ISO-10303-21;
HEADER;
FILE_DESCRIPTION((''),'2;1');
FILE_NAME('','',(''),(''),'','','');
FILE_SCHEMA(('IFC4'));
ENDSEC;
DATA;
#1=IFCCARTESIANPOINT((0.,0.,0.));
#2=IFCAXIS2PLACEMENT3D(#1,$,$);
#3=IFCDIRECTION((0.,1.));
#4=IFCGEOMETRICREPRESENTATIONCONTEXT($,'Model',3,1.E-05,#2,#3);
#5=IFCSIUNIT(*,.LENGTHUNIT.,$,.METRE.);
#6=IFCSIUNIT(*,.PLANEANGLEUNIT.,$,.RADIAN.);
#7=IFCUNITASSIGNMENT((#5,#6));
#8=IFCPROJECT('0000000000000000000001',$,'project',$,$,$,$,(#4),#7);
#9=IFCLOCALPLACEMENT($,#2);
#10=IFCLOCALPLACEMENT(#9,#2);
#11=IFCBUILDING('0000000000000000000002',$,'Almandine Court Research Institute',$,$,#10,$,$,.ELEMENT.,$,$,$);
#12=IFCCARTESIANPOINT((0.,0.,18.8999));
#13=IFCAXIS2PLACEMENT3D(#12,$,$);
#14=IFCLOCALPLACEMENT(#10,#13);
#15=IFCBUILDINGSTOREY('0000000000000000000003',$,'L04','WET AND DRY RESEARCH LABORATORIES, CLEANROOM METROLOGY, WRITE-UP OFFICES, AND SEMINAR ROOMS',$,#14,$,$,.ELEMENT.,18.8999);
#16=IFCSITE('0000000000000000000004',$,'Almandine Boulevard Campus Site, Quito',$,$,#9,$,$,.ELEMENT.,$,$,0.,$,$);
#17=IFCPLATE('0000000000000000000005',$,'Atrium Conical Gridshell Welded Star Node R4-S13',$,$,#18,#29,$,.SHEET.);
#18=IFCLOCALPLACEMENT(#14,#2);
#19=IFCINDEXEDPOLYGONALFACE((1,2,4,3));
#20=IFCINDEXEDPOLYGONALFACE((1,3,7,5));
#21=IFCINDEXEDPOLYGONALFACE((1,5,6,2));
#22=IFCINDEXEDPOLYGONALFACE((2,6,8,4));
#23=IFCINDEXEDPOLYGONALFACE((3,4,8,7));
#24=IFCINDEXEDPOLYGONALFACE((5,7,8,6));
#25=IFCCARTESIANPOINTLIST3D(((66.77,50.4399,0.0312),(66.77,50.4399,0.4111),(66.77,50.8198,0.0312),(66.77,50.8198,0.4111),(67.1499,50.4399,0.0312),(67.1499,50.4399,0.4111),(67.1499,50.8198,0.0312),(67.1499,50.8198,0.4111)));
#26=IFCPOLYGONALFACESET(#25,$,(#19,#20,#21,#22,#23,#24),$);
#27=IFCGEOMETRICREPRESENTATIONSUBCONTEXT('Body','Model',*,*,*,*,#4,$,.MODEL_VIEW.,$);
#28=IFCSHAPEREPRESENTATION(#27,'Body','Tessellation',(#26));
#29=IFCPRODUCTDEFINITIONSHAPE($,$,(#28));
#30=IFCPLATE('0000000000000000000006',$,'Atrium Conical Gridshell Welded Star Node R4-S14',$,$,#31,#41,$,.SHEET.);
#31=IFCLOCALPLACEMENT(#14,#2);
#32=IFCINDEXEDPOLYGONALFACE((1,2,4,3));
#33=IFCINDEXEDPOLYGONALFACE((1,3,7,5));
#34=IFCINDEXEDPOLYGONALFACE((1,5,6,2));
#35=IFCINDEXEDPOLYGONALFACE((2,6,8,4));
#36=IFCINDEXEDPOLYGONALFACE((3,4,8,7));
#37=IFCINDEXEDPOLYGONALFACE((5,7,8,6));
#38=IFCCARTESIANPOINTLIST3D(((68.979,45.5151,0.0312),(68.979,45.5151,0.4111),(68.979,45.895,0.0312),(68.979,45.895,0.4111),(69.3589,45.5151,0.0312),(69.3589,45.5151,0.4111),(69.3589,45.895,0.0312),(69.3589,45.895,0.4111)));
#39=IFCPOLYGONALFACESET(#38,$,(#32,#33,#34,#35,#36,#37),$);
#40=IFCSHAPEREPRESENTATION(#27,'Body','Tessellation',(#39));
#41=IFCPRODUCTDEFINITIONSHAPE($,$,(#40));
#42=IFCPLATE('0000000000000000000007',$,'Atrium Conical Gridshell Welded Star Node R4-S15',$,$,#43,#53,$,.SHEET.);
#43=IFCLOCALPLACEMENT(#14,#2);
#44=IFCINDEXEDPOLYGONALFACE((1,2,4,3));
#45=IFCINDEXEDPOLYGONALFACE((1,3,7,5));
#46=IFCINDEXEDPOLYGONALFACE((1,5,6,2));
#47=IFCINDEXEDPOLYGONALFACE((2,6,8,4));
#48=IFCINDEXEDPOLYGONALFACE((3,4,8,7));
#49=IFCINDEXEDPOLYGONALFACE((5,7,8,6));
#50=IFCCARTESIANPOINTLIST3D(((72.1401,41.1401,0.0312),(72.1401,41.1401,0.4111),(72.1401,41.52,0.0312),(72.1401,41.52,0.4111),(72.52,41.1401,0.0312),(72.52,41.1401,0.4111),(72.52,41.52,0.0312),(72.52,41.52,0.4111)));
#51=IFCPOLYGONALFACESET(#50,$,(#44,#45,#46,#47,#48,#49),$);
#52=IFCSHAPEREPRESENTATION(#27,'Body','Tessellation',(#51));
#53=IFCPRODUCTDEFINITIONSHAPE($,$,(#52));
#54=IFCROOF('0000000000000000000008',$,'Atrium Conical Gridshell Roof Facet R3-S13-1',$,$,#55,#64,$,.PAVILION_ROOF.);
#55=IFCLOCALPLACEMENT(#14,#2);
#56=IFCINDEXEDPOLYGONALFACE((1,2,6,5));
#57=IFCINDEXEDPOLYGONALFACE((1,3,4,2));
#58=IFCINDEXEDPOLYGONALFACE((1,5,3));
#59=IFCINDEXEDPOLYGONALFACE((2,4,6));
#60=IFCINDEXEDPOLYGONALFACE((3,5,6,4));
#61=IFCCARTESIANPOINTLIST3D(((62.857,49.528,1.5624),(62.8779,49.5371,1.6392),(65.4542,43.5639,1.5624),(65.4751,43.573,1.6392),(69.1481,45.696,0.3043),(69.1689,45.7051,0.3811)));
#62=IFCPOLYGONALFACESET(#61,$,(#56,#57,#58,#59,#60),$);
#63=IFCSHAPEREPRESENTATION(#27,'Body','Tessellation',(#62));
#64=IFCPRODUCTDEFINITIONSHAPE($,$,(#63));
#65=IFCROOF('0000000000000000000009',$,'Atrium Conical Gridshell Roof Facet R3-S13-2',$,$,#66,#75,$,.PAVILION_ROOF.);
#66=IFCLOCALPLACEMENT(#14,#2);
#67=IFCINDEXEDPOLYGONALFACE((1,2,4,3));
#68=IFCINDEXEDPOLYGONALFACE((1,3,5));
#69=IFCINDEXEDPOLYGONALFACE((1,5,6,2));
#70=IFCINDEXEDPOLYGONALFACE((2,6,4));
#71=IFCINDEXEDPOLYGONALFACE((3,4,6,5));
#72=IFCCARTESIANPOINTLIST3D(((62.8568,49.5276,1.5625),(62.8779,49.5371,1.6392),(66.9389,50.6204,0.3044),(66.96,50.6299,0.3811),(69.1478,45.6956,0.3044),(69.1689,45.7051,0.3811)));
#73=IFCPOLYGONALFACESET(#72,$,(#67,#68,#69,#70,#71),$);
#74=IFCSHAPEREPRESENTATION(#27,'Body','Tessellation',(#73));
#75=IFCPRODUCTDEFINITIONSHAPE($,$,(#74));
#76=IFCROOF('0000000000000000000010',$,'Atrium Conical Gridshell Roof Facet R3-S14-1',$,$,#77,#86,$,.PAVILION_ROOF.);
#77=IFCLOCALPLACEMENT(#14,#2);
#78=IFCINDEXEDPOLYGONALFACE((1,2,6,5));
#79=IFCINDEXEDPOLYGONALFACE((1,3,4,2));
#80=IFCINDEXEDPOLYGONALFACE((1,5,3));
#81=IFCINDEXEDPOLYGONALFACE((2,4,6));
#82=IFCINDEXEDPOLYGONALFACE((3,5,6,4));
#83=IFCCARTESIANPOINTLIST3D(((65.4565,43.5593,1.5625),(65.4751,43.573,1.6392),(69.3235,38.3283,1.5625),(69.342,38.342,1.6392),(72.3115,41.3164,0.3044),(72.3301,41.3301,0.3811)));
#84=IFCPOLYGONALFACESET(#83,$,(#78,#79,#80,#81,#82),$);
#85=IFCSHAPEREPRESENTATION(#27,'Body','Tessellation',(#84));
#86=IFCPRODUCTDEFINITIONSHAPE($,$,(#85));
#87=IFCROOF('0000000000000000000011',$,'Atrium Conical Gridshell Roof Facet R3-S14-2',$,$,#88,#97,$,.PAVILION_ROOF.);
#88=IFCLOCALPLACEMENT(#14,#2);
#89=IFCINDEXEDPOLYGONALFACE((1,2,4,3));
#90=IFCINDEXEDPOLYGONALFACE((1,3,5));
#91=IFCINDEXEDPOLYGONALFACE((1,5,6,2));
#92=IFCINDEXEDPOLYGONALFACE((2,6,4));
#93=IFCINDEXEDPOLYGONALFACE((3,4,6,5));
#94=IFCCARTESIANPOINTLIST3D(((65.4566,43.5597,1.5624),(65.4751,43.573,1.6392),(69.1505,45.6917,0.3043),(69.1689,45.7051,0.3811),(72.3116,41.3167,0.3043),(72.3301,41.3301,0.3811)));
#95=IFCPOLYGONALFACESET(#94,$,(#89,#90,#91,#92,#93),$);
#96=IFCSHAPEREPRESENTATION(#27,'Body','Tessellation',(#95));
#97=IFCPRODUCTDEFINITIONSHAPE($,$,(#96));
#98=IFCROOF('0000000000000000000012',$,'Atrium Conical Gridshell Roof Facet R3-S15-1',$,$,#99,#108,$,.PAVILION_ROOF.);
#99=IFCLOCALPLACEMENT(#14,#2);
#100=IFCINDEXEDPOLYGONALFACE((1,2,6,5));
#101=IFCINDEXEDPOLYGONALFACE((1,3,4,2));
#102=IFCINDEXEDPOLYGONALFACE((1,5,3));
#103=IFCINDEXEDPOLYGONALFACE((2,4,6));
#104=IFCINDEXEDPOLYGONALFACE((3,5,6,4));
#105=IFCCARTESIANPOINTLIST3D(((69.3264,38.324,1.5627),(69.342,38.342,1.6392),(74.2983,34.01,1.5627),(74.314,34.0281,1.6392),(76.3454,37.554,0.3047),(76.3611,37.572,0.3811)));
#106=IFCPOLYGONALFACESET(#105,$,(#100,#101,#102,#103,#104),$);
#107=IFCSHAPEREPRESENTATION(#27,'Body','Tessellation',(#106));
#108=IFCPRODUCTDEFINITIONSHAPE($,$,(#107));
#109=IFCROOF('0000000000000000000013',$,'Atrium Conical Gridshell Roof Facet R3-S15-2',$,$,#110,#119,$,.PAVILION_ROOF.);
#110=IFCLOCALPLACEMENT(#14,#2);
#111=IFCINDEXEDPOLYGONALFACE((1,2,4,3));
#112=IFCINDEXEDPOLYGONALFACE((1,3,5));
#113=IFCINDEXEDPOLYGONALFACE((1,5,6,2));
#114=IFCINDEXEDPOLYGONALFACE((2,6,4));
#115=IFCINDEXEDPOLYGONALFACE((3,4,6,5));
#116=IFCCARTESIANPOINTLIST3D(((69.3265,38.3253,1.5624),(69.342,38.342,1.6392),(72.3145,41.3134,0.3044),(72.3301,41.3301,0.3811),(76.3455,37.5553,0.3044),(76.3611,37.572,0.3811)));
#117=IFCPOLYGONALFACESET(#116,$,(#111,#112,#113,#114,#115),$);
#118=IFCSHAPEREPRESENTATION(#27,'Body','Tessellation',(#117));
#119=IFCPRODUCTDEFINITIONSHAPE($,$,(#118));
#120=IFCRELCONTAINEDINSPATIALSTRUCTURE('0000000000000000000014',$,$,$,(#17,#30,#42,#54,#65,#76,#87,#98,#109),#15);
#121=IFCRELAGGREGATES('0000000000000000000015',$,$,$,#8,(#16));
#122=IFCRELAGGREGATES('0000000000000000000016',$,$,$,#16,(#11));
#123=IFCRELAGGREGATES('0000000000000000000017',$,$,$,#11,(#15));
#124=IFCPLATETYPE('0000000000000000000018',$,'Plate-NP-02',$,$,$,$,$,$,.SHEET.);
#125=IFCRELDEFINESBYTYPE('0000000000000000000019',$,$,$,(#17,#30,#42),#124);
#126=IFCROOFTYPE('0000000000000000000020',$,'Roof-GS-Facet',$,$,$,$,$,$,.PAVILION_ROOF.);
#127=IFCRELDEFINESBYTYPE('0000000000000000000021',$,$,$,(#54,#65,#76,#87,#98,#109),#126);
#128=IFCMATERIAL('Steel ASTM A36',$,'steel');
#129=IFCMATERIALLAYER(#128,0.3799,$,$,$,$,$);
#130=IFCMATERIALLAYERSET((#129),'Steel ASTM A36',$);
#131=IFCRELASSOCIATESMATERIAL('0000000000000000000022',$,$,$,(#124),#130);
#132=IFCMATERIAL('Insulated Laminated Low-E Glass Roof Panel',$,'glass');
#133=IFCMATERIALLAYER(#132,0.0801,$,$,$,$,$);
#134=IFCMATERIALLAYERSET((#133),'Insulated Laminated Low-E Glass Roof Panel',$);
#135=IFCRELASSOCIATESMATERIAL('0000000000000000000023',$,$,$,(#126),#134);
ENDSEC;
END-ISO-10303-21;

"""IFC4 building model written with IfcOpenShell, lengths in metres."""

from ifc_helpers import new_model, si_unit, direction, frame, origin, origin_2d, place, context, subcontext, project, spatial, polyline, rectangle, outline, extrude, material, layer, layer_set, type_object, element, save


model = new_model("IFC4")

# Units and contexts
model_context = context("Model", 3, precision=1e-05, world=origin(), true_north=direction((0.0, 1.0)))
body_context = subcontext(model_context, "Body", "Model", "MODEL_VIEW")
ifc_project = project(units=[si_unit("LENGTHUNIT", "METRE"), si_unit("PLANEANGLEUNIT", "RADIAN")], contexts=[model_context])

# Site, building, storey
site_placement = place(None, origin())
site = spatial("IfcSite", under=ifc_project, at=site_placement, Name="Almandine Boulevard Campus Site, Quito", CompositionType="ELEMENT", RefElevation=0.0)
building_placement = place(site_placement, origin())
building = spatial("IfcBuilding", under=site, at=building_placement, Name="Almandine Court Research Institute", CompositionType="ELEMENT")
storey_placement = place(building_placement, frame((0.0, 0.0, 18.8999)))
storey = spatial("IfcBuildingStorey", under=building, at=storey_placement, Name="L04", Description="WET AND DRY RESEARCH LABORATORIES, CLEANROOM METROLOGY, WRITE-UP OFFICES, AND SEMINAR ROOMS", CompositionType="ELEMENT", Elevation=18.8999)

# Plates
ifc_material_1 = material(Name="Steel ASTM A36", Category="steel")
ifc_layer_1 = layer(ifc_material_1, 0.3799)
ifc_layer_set_1 = layer_set([ifc_layer_1], Name="Steel ASTM A36")
plate_type_1 = type_object("IfcPlateType", Name="Plate-NP-02", PredefinedType="SHEET", material=ifc_layer_set_1)
for number, where, z_axis, x_axis, name in (
    (1, (66.96, 50.6299, 0.0312), (0.0, 0.0, 1.0), (1.0, 0.0, 0.0), "Atrium Conical Gridshell Welded Star Node R4-S13"),
    (2, (69.1689, 45.7051, 0.0312), (0.0, 0.0, 1.0), (1.0, 0.0, 0.0), "Atrium Conical Gridshell Welded Star Node R4-S14"),
    (3, (72.3301, 41.3301, 0.0312), (0.0, 0.0, 1.0), (1.0, 0.0, 0.0), "Atrium Conical Gridshell Welded Star Node R4-S15"),
):
    element("IfcPlate", number, at=place(storey_placement, frame(where, z_axis=z_axis, x_axis=x_axis)), inside=storey, type_object=plate_type_1, Name=name, PredefinedType="SHEET", context=body_context, shape_type="SweptSolid", body=[
        extrude(rectangle(XDim=0.3799, YDim=0.3799, at=origin_2d()), origin(), (0.0, 0.0, 1.0), 0.3799),
    ])

# Roofs
ifc_material_2 = material(Name="Insulated Laminated Low-E Glass Roof Panel", Category="glass")
ifc_layer_2 = layer(ifc_material_2, 0.0801)
ifc_layer_set_2 = layer_set([ifc_layer_2], Name="Insulated Laminated Low-E Glass Roof Panel")
roof_type = type_object("IfcRoofType", Name="Roof-GS-Facet", PredefinedType="PAVILION_ROOF", material=ifc_layer_set_2)
roof_1_placement = place(storey_placement, frame((62.8779, 49.5371, 1.6392), z_axis=(0.260917, 0.113621, 0.958651), x_axis=(0.399253, -0.916841, 0.0)))
element("IfcRoof", 4, at=roof_1_placement, inside=storey, type_object=roof_type, Name="Atrium Conical Gridshell Roof Facet R3-S13-1", PredefinedType="PAVILION_ROOF", context=body_context, shape_type="SweptSolid", body=[
    extrude(outline(polyline([(0.0, 0.0), (6.5051, 0.0), (6.0251, 4.4207), (0.0, 0.0)])), origin(), (0.0, 0.0, -1.0), 0.0801),
])
roof_2_placement = place(storey_placement, frame((62.8779, 49.5371, 1.6392), z_axis=(0.263436, 0.118162, 0.957413), x_axis=(0.841845, -0.512791, -0.168349)))
element("IfcRoof", 5, at=roof_2_placement, inside=storey, type_object=roof_type, Name="Atrium Conical Gridshell Roof Facet R3-S13-2", PredefinedType="PAVILION_ROOF", context=body_context, shape_type="SweptSolid", body=[
    extrude(outline(polyline([(0.0, 0.0), (7.4729, 0.0), (3.0879, 3.1472), (0.0, 0.0)])), origin(), (0.0, 0.0, -1.0), 0.0801),
])
roof_3_placement = place(storey_placement, frame((65.4751, 43.573, 1.6392), z_axis=(0.231802, 0.171357, 0.957551), x_axis=(0.594449, -0.804133, 0.0)))
element("IfcRoof", 6, at=roof_3_placement, inside=storey, type_object=roof_type, Name="Atrium Conical Gridshell Roof Facet R3-S14-1", PredefinedType="PAVILION_ROOF", context=body_context, shape_type="SweptSolid", body=[
    extrude(outline(polyline([(0.0, 0.0), (6.5051, 0.0), (5.8785, 4.3643), (0.0, 0.0)])), origin(), (0.0, 0.0, -1.0), 0.0801),
])
roof_4_placement = place(storey_placement, frame((65.4751, 43.573, 1.6392), z_axis=(0.230429, 0.166495, 0.95874), x_axis=(0.936283, -0.306348, -0.171831)))
element("IfcRoof", 7, at=roof_4_placement, inside=storey, type_object=roof_type, Name="Atrium Conical Gridshell Roof Facet R3-S14-2", PredefinedType="PAVILION_ROOF", context=body_context, shape_type="SweptSolid", body=[
    extrude(outline(polyline([(0.0, 0.0), (7.3215, 0.0), (3.0215, 3.2624), (0.0, 0.0)])), origin(), (0.0, 0.0, -1.0), 0.0801),
])
roof_5_placement = place(storey_placement, frame((69.342, 38.342, 1.6392), z_axis=(0.195805, 0.225669, 0.954324), x_axis=(0.755316, -0.655361, 0.0)))
element("IfcRoof", 8, at=roof_5_placement, inside=storey, type_object=roof_type, Name="Atrium Conical Gridshell Roof Facet R3-S15-1", PredefinedType="PAVILION_ROOF", context=body_context, shape_type="SweptSolid", body=[
    extrude(outline(polyline([(0.0, 0.0), (6.5826, 0.0), (5.8062, 4.2107), (0.0, 0.0)])), origin(), (0.0, 0.0, -1.0), 0.0801),
])
roof_6_placement = place(storey_placement, frame((69.342, 38.342, 1.6392), z_axis=(0.194684, 0.208824, 0.958379), x_axis=(0.978625, -0.107359, -0.175404)))
element("IfcRoof", 9, at=roof_6_placement, inside=storey, type_object=roof_type, Name="Atrium Conical Gridshell Roof Facet R3-S15-2", PredefinedType="PAVILION_ROOF", context=body_context, shape_type="SweptSolid", body=[
    extrude(outline(polyline([(0.0, 0.0), (7.1723, 0.0), (2.824, 3.3859), (0.0, 0.0)])), origin(), (0.0, 0.0, -1.0), 0.0801),
])

save(model, "model.ifc")
